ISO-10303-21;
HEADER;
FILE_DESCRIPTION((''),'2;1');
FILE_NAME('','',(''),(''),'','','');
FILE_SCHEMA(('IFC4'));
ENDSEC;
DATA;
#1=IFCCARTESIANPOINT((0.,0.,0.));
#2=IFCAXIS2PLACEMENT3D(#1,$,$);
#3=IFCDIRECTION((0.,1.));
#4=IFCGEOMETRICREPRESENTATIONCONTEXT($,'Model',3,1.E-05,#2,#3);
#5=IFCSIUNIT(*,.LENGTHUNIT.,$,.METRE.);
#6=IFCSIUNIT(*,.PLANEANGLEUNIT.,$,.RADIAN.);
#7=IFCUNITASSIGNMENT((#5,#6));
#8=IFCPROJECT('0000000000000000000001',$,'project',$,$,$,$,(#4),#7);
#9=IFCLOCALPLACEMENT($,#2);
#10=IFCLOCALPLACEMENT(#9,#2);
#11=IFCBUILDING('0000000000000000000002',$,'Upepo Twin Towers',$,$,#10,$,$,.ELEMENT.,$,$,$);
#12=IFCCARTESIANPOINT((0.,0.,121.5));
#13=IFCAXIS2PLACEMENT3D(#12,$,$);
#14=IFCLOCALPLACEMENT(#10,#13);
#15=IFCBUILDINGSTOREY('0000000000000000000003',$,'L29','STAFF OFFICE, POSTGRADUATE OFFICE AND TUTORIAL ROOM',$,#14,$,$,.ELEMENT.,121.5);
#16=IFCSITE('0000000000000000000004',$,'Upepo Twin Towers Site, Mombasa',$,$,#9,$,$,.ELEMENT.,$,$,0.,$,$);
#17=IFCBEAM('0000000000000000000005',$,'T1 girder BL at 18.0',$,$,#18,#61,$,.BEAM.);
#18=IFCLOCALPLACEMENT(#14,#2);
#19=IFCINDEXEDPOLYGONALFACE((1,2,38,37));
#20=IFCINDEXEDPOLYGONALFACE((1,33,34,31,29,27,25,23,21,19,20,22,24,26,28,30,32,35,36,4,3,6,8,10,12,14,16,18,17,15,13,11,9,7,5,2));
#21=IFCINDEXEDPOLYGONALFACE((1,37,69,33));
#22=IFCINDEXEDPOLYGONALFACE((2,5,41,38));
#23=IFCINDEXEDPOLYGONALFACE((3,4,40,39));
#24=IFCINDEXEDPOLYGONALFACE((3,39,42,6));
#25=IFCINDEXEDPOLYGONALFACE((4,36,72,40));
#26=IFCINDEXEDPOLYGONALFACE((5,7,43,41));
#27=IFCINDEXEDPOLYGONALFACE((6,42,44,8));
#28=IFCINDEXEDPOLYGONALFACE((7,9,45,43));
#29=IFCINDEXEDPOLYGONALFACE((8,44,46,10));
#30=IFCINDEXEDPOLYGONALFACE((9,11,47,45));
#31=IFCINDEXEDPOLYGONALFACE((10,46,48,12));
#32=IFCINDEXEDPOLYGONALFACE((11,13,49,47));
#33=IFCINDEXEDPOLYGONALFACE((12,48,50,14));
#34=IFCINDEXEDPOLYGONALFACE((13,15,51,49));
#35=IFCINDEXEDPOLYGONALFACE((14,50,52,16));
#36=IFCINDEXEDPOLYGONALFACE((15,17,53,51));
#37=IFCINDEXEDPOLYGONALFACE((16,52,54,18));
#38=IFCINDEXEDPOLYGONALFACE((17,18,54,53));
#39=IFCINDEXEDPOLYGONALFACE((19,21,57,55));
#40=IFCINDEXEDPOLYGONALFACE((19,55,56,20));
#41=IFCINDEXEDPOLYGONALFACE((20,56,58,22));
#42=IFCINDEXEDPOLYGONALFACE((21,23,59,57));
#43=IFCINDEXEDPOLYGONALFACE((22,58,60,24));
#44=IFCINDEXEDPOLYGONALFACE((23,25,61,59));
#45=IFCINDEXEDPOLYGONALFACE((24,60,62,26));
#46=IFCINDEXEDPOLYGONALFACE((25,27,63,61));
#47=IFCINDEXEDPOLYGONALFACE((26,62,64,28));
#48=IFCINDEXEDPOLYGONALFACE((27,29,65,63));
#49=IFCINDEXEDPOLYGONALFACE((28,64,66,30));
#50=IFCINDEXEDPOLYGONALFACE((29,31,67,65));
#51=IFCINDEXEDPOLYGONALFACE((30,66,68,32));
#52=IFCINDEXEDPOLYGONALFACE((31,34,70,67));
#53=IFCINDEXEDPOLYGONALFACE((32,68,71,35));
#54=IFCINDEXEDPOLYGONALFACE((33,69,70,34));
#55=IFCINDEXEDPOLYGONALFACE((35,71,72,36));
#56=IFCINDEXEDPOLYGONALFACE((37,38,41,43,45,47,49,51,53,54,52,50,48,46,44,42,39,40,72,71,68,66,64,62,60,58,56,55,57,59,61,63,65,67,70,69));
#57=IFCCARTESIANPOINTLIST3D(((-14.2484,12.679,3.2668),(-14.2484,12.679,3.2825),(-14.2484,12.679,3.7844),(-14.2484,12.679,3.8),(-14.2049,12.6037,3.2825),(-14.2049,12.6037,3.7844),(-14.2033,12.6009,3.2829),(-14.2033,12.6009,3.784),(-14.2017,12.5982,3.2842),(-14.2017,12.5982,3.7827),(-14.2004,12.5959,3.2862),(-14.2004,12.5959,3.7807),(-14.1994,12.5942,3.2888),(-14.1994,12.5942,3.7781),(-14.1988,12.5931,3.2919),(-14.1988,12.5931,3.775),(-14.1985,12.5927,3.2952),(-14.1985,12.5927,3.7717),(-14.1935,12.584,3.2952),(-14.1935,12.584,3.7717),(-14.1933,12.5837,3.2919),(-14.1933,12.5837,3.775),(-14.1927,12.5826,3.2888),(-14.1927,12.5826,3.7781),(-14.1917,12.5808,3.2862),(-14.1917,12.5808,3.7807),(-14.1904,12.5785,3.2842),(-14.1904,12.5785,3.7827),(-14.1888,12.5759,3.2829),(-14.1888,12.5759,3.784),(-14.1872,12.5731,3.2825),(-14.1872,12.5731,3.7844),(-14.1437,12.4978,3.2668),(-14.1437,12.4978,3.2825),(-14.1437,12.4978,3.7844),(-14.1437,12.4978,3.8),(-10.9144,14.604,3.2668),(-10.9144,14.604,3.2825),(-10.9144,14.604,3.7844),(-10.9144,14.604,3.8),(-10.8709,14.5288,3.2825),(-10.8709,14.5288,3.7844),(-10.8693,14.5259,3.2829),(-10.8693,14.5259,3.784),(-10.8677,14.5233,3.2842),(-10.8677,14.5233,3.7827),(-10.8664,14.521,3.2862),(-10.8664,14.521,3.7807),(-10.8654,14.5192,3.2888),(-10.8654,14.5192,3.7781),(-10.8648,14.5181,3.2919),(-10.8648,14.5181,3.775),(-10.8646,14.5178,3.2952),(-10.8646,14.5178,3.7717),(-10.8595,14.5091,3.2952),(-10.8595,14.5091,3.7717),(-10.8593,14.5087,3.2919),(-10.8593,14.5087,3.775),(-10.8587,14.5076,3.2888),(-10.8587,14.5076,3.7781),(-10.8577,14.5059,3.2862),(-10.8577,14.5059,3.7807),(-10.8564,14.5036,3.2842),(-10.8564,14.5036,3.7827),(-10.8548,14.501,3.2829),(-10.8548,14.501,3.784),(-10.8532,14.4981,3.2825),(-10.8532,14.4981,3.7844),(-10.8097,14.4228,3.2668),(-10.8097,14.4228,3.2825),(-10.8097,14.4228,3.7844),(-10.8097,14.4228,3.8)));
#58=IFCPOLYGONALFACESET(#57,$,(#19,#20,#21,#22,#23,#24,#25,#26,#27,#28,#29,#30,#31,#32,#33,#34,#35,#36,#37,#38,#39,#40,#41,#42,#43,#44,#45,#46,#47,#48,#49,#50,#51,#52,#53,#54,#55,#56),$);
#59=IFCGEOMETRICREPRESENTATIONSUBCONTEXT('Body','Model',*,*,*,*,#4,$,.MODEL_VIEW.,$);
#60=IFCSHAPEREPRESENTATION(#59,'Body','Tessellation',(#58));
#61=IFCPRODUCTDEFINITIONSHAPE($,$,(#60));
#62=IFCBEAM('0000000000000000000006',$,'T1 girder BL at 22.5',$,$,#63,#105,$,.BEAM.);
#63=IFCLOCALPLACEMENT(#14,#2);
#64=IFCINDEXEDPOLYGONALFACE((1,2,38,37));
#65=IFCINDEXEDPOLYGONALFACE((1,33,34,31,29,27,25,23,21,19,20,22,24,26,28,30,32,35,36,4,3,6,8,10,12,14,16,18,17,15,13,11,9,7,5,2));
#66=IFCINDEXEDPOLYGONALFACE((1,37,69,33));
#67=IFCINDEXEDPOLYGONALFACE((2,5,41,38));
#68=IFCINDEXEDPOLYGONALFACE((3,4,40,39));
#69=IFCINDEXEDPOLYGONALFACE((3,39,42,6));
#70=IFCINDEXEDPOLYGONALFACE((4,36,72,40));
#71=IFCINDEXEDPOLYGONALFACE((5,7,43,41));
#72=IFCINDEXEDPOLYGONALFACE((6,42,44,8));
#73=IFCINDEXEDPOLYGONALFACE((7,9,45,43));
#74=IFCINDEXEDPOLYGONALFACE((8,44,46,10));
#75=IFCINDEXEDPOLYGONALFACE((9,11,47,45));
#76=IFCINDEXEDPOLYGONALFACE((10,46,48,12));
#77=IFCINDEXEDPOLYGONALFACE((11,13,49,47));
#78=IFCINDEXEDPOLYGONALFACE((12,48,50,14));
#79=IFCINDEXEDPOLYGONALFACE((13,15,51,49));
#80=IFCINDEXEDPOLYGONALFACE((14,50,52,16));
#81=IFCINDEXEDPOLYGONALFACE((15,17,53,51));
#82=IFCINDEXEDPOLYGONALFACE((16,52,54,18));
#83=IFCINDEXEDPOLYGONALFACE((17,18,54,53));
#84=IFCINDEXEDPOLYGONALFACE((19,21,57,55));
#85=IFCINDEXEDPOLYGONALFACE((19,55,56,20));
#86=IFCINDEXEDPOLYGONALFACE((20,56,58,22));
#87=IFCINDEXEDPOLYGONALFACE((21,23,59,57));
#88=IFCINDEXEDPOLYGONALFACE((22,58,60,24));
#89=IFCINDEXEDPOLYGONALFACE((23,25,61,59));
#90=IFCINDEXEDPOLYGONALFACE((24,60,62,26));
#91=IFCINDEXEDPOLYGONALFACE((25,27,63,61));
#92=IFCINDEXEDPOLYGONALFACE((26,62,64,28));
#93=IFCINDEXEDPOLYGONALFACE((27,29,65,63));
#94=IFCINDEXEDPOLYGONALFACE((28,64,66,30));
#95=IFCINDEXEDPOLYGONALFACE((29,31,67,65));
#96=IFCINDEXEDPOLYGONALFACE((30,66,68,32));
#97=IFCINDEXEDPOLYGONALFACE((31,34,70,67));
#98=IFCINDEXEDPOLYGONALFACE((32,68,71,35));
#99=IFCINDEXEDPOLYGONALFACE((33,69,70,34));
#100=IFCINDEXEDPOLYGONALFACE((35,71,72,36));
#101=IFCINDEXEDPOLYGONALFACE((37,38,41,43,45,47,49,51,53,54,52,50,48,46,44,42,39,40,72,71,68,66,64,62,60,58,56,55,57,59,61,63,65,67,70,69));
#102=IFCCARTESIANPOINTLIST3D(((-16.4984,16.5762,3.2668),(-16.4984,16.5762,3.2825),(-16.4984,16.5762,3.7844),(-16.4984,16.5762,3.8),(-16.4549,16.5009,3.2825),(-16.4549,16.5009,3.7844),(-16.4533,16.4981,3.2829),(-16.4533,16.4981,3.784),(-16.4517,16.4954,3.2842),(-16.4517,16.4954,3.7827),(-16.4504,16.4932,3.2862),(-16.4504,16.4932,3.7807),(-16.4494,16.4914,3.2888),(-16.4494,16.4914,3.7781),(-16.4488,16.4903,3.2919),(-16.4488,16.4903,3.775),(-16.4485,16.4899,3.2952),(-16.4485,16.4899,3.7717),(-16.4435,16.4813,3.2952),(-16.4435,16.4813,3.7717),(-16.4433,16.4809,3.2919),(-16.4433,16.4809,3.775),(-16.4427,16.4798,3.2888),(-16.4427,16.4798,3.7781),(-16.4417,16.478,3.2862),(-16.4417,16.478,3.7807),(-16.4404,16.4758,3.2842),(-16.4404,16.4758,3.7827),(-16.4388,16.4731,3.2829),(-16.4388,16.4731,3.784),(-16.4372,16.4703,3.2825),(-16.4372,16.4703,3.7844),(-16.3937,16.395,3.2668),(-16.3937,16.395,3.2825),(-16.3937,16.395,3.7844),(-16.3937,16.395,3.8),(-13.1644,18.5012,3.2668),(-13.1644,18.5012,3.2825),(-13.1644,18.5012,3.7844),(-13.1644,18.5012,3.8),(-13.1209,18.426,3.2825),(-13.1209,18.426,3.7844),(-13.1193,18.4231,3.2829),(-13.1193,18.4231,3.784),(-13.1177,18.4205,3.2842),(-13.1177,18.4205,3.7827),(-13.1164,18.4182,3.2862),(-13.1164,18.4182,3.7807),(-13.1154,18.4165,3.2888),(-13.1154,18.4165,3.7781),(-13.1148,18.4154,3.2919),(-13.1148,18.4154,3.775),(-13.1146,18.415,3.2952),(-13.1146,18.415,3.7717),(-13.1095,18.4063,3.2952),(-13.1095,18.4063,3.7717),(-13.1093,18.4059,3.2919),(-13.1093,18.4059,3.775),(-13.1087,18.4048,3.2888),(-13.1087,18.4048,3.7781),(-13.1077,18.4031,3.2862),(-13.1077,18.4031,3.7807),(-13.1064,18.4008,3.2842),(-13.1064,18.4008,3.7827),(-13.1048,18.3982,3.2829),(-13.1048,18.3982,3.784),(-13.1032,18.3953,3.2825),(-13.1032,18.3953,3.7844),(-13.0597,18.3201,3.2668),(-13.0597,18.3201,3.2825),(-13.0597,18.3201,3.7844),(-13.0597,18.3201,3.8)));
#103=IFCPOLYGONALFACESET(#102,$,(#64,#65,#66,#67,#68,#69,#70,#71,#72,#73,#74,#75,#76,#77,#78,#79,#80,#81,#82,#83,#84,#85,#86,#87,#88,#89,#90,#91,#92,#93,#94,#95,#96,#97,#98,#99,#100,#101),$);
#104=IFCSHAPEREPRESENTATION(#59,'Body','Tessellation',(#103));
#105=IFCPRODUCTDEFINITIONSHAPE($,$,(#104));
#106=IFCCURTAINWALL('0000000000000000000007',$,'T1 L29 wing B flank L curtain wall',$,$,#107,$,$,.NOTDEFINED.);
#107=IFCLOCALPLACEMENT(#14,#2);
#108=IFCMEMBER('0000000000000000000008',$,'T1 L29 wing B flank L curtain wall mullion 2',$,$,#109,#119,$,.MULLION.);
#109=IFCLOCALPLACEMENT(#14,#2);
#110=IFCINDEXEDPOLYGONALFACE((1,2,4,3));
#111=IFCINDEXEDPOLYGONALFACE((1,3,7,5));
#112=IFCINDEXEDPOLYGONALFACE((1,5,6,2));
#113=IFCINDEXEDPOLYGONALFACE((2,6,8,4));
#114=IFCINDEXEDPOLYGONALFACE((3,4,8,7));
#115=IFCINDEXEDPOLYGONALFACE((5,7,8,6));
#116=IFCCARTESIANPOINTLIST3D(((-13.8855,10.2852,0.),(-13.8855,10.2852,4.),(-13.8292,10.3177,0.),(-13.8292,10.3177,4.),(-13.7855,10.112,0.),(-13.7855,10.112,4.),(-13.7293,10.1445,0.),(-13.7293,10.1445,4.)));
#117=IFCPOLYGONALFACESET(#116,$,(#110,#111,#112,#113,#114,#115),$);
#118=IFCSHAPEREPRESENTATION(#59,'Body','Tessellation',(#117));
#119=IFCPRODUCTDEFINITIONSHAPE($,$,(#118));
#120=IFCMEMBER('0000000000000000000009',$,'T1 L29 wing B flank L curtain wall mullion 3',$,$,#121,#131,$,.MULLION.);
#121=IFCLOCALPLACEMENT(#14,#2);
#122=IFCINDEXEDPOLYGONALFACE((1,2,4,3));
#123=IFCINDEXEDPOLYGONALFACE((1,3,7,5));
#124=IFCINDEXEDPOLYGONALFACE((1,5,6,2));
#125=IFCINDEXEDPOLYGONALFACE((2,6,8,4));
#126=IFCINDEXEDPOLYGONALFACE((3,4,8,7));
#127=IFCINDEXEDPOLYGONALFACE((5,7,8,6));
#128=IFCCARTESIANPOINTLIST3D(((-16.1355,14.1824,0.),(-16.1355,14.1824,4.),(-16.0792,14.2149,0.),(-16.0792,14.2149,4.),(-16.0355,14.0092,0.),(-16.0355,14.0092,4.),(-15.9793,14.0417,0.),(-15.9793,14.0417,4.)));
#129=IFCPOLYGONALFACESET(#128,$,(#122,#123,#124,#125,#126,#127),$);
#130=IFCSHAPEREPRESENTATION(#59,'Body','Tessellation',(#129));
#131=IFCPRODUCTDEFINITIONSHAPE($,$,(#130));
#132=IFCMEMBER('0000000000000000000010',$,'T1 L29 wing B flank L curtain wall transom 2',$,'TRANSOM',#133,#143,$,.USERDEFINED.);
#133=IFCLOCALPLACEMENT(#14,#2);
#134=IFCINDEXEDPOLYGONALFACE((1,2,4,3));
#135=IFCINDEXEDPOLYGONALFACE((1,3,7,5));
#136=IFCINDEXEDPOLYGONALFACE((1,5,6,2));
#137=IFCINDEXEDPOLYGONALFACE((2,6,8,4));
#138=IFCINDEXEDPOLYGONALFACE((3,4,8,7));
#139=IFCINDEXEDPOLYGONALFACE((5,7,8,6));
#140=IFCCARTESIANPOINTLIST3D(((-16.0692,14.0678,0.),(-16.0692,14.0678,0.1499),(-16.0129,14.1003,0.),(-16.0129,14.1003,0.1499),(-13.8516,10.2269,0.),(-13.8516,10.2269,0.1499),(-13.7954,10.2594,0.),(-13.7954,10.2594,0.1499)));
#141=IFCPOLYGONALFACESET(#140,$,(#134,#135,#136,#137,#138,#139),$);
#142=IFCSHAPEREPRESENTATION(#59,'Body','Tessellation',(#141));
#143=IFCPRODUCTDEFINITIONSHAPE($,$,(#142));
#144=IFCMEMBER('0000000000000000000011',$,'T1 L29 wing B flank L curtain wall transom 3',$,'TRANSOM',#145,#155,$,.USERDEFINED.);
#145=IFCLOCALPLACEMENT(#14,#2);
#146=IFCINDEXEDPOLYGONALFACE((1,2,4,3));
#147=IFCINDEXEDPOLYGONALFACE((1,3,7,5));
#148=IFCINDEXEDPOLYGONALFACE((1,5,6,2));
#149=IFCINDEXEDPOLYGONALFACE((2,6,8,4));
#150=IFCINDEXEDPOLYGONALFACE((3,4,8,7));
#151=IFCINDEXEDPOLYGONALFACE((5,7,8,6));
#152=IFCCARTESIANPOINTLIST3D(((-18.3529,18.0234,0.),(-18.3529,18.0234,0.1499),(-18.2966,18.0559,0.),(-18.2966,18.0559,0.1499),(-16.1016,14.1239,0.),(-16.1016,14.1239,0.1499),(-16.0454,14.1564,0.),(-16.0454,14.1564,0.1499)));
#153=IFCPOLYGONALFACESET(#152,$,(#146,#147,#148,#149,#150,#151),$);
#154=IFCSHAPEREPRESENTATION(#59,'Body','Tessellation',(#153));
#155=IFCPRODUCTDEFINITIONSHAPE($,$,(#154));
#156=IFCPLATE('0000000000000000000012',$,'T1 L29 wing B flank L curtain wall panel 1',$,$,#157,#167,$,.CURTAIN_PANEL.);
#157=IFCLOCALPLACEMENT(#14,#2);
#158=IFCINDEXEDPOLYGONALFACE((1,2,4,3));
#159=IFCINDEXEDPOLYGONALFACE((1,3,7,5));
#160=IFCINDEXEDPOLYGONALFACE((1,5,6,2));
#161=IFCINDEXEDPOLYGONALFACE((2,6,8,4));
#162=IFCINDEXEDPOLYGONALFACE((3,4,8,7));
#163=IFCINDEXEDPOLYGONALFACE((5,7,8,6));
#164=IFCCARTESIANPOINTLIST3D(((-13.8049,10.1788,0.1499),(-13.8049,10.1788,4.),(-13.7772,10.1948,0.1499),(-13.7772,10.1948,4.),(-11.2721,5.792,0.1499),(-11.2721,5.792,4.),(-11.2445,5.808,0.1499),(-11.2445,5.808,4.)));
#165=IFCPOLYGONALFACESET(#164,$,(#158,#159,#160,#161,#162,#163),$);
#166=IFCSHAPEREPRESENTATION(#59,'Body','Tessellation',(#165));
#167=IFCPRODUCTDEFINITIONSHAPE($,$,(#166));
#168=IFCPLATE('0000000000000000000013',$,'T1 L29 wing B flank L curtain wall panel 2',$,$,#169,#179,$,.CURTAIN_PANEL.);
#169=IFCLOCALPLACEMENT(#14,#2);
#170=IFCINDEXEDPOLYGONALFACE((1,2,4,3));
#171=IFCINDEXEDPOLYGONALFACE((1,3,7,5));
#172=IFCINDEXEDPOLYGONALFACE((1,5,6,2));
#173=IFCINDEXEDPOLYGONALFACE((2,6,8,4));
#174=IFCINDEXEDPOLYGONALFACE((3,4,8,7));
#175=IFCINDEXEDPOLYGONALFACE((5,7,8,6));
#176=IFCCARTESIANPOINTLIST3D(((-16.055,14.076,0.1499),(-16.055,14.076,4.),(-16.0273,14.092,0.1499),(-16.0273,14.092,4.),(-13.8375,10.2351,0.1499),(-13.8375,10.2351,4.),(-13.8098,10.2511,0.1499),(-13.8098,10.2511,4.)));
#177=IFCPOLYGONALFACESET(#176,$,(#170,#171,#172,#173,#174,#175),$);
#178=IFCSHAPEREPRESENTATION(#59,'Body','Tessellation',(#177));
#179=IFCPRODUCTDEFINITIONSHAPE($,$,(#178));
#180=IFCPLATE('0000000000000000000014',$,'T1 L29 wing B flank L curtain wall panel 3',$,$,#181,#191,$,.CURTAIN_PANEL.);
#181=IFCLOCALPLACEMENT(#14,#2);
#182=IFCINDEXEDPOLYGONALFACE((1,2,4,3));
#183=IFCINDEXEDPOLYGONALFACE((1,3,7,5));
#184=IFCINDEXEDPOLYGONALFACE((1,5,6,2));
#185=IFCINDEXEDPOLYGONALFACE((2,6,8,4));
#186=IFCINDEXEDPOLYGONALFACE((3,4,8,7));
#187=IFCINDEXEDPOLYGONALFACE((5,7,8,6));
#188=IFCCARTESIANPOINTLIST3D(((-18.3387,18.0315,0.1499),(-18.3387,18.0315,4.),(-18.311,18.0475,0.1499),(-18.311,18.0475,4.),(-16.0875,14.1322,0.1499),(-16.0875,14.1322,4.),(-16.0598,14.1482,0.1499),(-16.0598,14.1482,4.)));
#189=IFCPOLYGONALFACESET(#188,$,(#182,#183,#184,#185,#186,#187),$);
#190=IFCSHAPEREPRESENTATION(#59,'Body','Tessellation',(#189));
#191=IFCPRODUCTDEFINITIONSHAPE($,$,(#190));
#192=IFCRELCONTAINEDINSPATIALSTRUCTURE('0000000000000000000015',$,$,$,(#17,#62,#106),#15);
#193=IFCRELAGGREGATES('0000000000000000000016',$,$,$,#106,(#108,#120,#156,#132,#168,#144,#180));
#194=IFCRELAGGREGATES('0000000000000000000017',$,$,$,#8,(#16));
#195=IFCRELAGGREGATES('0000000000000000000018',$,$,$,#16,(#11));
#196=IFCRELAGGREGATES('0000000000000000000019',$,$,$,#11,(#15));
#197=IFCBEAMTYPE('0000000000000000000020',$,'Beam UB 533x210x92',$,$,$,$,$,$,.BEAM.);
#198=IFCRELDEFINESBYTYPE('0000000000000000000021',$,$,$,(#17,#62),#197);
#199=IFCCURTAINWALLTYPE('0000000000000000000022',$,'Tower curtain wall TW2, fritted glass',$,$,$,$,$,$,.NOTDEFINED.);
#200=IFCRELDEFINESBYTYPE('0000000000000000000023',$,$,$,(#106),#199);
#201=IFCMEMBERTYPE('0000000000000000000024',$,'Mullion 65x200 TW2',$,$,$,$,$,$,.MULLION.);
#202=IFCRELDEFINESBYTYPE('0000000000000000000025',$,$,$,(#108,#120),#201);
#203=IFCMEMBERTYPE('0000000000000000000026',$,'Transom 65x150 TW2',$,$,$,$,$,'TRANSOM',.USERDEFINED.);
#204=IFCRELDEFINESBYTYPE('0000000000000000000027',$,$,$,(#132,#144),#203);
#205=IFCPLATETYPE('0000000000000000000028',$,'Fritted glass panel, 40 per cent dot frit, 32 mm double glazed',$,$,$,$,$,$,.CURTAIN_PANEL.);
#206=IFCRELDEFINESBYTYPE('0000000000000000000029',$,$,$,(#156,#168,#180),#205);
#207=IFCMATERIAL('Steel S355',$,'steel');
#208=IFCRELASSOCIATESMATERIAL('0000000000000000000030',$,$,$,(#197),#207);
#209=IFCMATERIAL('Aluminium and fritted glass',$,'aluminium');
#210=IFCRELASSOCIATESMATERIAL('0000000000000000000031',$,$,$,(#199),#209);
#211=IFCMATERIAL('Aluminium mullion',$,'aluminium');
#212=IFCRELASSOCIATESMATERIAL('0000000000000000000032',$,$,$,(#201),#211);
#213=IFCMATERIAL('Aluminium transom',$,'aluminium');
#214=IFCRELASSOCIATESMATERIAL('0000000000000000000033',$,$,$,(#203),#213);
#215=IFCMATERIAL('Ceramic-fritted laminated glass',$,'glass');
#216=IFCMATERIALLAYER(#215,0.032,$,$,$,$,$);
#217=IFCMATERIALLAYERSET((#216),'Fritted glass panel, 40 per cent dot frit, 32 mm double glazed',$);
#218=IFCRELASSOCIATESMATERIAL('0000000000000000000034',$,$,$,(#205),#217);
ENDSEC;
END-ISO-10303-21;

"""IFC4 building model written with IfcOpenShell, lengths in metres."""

from ifc_helpers import new_model, si_unit, direction, frame, origin, origin_2d, place, context, subcontext, project, spatial, rectangle, i_section, extrude, material, layer, layer_set, material_profile, profile_set, type_object, element, aggregate, save


model = new_model("IFC4")

# Units and contexts
model_context = context("Model", 3, precision=1e-05, world=origin(), true_north=direction((0.0, 1.0)))
body_context = subcontext(model_context, "Body", "Model", "MODEL_VIEW")
ifc_project = project(units=[si_unit("LENGTHUNIT", "METRE"), si_unit("PLANEANGLEUNIT", "RADIAN")], contexts=[model_context])

# Site, building, storey
site_placement = place(None, origin())
site = spatial("IfcSite", under=ifc_project, at=site_placement, Name="Upepo Twin Towers Site, Mombasa", CompositionType="ELEMENT", RefElevation=0.0)
building_placement = place(site_placement, origin())
building = spatial("IfcBuilding", under=site, at=building_placement, Name="Upepo Twin Towers", CompositionType="ELEMENT")
storey_placement = place(building_placement, frame((0.0, 0.0, 121.5)))
storey = spatial("IfcBuildingStorey", under=building, at=storey_placement, Name="L29", Description="STAFF OFFICE, POSTGRADUATE OFFICE AND TUTORIAL ROOM", CompositionType="ELEMENT", Elevation=121.5)

# Beams
ifc_material_1 = material(Name="Steel S355", Category="steel")
ifc_material_profile_1 = material_profile(ifc_material_1, i_section(OverallWidth=0.2092, OverallDepth=0.5332, WebThickness=0.01, FlangeThickness=0.0156, FilletRadius=0.0127, at=origin_2d()), Name="UB 533x210x92")
ifc_profile_set_1 = profile_set([ifc_material_profile_1], Name="Steel S355")
beam_type_1 = type_object("IfcBeamType", Name="Beam UB 533x210x92", PredefinedType="BEAM", material=ifc_profile_set_1)
for number, where, z_axis, x_axis, name in (
    (1, (-14.196, 12.5884, 3.5334), (0.866006, 0.500034, 0.0), (-0.500034, 0.866006, 0.0), "T1 girder BL at 18.0"),
    (2, (-16.446, 16.4856, 3.5334), (0.866006, 0.500034, 0.0), (-0.500034, 0.866006, 0.0), "T1 girder BL at 22.5"),
):
    element("IfcBeam", number, at=place(storey_placement, frame(where, z_axis=z_axis, x_axis=x_axis)), inside=storey, type_object=beam_type_1, Name=name, PredefinedType="BEAM", context=body_context, shape_type="SweptSolid", body=[
        extrude(i_section(OverallWidth=0.2092, OverallDepth=0.5332, WebThickness=0.01, FlangeThickness=0.0156, FilletRadius=0.0127, at=origin_2d()), origin(), (0.0, 0.0, 1.0), 3.8499),
    ])

# Curtain wall, members, plates
ifc_material_2 = material(Name="Aluminium and fritted glass", Category="aluminium")
curtain_wall_type = type_object("IfcCurtainWallType", Name="Tower curtain wall TW2, fritted glass", PredefinedType="NOTDEFINED", material=ifc_material_2)
curtain_wall_placement = place(storey_placement, origin())
curtain_wall = element("IfcCurtainWall", 3, at=curtain_wall_placement, inside=storey, type_object=curtain_wall_type, Name="T1 L29 wing B flank L curtain wall", PredefinedType="NOTDEFINED")
ifc_material_3 = material(Name="Aluminium mullion", Category="aluminium")
ifc_material_profile_2 = material_profile(ifc_material_3, rectangle(XDim=0.0649, YDim=0.2, at=origin_2d()), Name="MULLION 65x200")
ifc_profile_set_2 = profile_set([ifc_material_profile_2], Name="Aluminium mullion")
member_type_1 = type_object("IfcMemberType", Name="Mullion 65x200 TW2", PredefinedType="MULLION", material=ifc_profile_set_2)
member_1_placement = place(storey_placement, frame((-13.8074, 10.2148, 0.0), z_axis=(0.0, 0.0, 1.0), x_axis=(-0.866025, -0.5, 0.0)))
member_1 = element("IfcMember", 4, at=member_1_placement, type_object=member_type_1, Name="T1 L29 wing B flank L curtain wall mullion 2", PredefinedType="MULLION", context=body_context, shape_type="SweptSolid", body=[
    extrude(rectangle(XDim=0.0649, YDim=0.2, at=origin_2d()), origin(), (0.0, 0.0, 1.0), 4.0),
])
member_2_placement = place(storey_placement, frame((-16.0574, 14.1121, 0.0), z_axis=(0.0, 0.0, 1.0), x_axis=(-0.866025, -0.5, 0.0)))
member_2 = element("IfcMember", 5, at=member_2_placement, type_object=member_type_1, Name="T1 L29 wing B flank L curtain wall mullion 3", PredefinedType="MULLION", context=body_context, shape_type="SweptSolid", body=[
    extrude(rectangle(XDim=0.0649, YDim=0.2, at=origin_2d()), origin(), (0.0, 0.0, 1.0), 4.0),
])
ifc_material_4 = material(Name="Aluminium transom", Category="aluminium")
ifc_material_profile_3 = material_profile(ifc_material_4, rectangle(XDim=0.0649, YDim=0.1499, at=origin_2d()), Name="TRANSOM 65x150")
ifc_profile_set_3 = profile_set([ifc_material_profile_3], Name="Aluminium transom")
member_type_2 = type_object("IfcMemberType", Name="Transom 65x150 TW2", ElementType="TRANSOM", PredefinedType="USERDEFINED", material=ifc_profile_set_3)
member_3_placement = place(storey_placement, frame((-13.8235, 10.2432, 0.075), z_axis=(-0.500005, 0.866022, 0.0), x_axis=(-0.866022, -0.500005, 0.0)))
member_3 = element("IfcMember", 6, at=member_3_placement, type_object=member_type_2, Name="T1 L29 wing B flank L curtain wall transom 2", ObjectType="TRANSOM", PredefinedType="USERDEFINED", context=body_context, shape_type="SweptSolid", body=[
    extrude(rectangle(XDim=0.0649, YDim=0.1499, at=origin_2d()), origin(), (0.0, 0.0, 1.0), 4.4351),
])
member_4_placement = place(storey_placement, frame((-16.0735, 14.1401, 0.075), z_axis=(-0.499982, 0.866036, 0.0), x_axis=(-0.866036, -0.499982, 0.0)))
member_4 = element("IfcMember", 7, at=member_4_placement, type_object=member_type_2, Name="T1 L29 wing B flank L curtain wall transom 3", ObjectType="TRANSOM", PredefinedType="USERDEFINED", context=body_context, shape_type="SweptSolid", body=[
    extrude(rectangle(XDim=0.0649, YDim=0.1499, at=origin_2d()), origin(), (0.0, 0.0, 1.0), 4.5027),
])
ifc_material_5 = material(Name="Ceramic-fritted laminated glass", Category="glass")
ifc_layer_1 = layer(ifc_material_5, 0.032)
ifc_layer_set_1 = layer_set([ifc_layer_1], Name="Fritted glass panel, 40 per cent dot frit, 32 mm double glazed")
plate_type = type_object("IfcPlateType", Name="Fritted glass panel, 40 per cent dot frit, 32 mm double glazed", PredefinedType="CURTAIN_PANEL", material=ifc_layer_set_1)
plate_1_placement = place(storey_placement, frame((-12.5247, 7.9934, 0.1499), z_axis=(0.0, 0.0, 1.0), x_axis=(-0.5, 0.866025, 0.0)))
plate_1 = element("IfcPlate", 8, at=plate_1_placement, type_object=plate_type, Name="T1 L29 wing B flank L curtain wall panel 1", PredefinedType="CURTAIN_PANEL", context=body_context, shape_type="SweptSolid", body=[
    extrude(rectangle(XDim=5.0654, YDim=0.032, at=origin_2d()), origin(), (0.0, 0.0, 1.0), 3.8501),
])
plate_2_placement = place(storey_placement, frame((-14.9324, 12.1636, 0.1499), z_axis=(0.0, 0.0, 1.0), x_axis=(-0.5, 0.866025, 0.0)))
plate_2 = element("IfcPlate", 9, at=plate_2_placement, type_object=plate_type, Name="T1 L29 wing B flank L curtain wall panel 2", PredefinedType="CURTAIN_PANEL", context=body_context, shape_type="SweptSolid", body=[
    extrude(rectangle(XDim=4.4351, YDim=0.032, at=origin_2d()), origin(), (0.0, 0.0, 1.0), 3.8501),
])
plate_3_placement = place(storey_placement, frame((-17.1992, 16.0898, 0.1499), z_axis=(0.0, 0.0, 1.0), x_axis=(-0.5, 0.866025, 0.0)))
plate_3 = element("IfcPlate", 10, at=plate_3_placement, type_object=plate_type, Name="T1 L29 wing B flank L curtain wall panel 3", PredefinedType="CURTAIN_PANEL", context=body_context, shape_type="SweptSolid", body=[
    extrude(rectangle(XDim=4.5024, YDim=0.032, at=origin_2d()), origin(), (0.0, 0.0, 1.0), 3.8501),
])
aggregate(curtain_wall, [member_1, member_2, plate_1, member_3, plate_2, member_4, plate_3])

save(model, "model.ifc")
